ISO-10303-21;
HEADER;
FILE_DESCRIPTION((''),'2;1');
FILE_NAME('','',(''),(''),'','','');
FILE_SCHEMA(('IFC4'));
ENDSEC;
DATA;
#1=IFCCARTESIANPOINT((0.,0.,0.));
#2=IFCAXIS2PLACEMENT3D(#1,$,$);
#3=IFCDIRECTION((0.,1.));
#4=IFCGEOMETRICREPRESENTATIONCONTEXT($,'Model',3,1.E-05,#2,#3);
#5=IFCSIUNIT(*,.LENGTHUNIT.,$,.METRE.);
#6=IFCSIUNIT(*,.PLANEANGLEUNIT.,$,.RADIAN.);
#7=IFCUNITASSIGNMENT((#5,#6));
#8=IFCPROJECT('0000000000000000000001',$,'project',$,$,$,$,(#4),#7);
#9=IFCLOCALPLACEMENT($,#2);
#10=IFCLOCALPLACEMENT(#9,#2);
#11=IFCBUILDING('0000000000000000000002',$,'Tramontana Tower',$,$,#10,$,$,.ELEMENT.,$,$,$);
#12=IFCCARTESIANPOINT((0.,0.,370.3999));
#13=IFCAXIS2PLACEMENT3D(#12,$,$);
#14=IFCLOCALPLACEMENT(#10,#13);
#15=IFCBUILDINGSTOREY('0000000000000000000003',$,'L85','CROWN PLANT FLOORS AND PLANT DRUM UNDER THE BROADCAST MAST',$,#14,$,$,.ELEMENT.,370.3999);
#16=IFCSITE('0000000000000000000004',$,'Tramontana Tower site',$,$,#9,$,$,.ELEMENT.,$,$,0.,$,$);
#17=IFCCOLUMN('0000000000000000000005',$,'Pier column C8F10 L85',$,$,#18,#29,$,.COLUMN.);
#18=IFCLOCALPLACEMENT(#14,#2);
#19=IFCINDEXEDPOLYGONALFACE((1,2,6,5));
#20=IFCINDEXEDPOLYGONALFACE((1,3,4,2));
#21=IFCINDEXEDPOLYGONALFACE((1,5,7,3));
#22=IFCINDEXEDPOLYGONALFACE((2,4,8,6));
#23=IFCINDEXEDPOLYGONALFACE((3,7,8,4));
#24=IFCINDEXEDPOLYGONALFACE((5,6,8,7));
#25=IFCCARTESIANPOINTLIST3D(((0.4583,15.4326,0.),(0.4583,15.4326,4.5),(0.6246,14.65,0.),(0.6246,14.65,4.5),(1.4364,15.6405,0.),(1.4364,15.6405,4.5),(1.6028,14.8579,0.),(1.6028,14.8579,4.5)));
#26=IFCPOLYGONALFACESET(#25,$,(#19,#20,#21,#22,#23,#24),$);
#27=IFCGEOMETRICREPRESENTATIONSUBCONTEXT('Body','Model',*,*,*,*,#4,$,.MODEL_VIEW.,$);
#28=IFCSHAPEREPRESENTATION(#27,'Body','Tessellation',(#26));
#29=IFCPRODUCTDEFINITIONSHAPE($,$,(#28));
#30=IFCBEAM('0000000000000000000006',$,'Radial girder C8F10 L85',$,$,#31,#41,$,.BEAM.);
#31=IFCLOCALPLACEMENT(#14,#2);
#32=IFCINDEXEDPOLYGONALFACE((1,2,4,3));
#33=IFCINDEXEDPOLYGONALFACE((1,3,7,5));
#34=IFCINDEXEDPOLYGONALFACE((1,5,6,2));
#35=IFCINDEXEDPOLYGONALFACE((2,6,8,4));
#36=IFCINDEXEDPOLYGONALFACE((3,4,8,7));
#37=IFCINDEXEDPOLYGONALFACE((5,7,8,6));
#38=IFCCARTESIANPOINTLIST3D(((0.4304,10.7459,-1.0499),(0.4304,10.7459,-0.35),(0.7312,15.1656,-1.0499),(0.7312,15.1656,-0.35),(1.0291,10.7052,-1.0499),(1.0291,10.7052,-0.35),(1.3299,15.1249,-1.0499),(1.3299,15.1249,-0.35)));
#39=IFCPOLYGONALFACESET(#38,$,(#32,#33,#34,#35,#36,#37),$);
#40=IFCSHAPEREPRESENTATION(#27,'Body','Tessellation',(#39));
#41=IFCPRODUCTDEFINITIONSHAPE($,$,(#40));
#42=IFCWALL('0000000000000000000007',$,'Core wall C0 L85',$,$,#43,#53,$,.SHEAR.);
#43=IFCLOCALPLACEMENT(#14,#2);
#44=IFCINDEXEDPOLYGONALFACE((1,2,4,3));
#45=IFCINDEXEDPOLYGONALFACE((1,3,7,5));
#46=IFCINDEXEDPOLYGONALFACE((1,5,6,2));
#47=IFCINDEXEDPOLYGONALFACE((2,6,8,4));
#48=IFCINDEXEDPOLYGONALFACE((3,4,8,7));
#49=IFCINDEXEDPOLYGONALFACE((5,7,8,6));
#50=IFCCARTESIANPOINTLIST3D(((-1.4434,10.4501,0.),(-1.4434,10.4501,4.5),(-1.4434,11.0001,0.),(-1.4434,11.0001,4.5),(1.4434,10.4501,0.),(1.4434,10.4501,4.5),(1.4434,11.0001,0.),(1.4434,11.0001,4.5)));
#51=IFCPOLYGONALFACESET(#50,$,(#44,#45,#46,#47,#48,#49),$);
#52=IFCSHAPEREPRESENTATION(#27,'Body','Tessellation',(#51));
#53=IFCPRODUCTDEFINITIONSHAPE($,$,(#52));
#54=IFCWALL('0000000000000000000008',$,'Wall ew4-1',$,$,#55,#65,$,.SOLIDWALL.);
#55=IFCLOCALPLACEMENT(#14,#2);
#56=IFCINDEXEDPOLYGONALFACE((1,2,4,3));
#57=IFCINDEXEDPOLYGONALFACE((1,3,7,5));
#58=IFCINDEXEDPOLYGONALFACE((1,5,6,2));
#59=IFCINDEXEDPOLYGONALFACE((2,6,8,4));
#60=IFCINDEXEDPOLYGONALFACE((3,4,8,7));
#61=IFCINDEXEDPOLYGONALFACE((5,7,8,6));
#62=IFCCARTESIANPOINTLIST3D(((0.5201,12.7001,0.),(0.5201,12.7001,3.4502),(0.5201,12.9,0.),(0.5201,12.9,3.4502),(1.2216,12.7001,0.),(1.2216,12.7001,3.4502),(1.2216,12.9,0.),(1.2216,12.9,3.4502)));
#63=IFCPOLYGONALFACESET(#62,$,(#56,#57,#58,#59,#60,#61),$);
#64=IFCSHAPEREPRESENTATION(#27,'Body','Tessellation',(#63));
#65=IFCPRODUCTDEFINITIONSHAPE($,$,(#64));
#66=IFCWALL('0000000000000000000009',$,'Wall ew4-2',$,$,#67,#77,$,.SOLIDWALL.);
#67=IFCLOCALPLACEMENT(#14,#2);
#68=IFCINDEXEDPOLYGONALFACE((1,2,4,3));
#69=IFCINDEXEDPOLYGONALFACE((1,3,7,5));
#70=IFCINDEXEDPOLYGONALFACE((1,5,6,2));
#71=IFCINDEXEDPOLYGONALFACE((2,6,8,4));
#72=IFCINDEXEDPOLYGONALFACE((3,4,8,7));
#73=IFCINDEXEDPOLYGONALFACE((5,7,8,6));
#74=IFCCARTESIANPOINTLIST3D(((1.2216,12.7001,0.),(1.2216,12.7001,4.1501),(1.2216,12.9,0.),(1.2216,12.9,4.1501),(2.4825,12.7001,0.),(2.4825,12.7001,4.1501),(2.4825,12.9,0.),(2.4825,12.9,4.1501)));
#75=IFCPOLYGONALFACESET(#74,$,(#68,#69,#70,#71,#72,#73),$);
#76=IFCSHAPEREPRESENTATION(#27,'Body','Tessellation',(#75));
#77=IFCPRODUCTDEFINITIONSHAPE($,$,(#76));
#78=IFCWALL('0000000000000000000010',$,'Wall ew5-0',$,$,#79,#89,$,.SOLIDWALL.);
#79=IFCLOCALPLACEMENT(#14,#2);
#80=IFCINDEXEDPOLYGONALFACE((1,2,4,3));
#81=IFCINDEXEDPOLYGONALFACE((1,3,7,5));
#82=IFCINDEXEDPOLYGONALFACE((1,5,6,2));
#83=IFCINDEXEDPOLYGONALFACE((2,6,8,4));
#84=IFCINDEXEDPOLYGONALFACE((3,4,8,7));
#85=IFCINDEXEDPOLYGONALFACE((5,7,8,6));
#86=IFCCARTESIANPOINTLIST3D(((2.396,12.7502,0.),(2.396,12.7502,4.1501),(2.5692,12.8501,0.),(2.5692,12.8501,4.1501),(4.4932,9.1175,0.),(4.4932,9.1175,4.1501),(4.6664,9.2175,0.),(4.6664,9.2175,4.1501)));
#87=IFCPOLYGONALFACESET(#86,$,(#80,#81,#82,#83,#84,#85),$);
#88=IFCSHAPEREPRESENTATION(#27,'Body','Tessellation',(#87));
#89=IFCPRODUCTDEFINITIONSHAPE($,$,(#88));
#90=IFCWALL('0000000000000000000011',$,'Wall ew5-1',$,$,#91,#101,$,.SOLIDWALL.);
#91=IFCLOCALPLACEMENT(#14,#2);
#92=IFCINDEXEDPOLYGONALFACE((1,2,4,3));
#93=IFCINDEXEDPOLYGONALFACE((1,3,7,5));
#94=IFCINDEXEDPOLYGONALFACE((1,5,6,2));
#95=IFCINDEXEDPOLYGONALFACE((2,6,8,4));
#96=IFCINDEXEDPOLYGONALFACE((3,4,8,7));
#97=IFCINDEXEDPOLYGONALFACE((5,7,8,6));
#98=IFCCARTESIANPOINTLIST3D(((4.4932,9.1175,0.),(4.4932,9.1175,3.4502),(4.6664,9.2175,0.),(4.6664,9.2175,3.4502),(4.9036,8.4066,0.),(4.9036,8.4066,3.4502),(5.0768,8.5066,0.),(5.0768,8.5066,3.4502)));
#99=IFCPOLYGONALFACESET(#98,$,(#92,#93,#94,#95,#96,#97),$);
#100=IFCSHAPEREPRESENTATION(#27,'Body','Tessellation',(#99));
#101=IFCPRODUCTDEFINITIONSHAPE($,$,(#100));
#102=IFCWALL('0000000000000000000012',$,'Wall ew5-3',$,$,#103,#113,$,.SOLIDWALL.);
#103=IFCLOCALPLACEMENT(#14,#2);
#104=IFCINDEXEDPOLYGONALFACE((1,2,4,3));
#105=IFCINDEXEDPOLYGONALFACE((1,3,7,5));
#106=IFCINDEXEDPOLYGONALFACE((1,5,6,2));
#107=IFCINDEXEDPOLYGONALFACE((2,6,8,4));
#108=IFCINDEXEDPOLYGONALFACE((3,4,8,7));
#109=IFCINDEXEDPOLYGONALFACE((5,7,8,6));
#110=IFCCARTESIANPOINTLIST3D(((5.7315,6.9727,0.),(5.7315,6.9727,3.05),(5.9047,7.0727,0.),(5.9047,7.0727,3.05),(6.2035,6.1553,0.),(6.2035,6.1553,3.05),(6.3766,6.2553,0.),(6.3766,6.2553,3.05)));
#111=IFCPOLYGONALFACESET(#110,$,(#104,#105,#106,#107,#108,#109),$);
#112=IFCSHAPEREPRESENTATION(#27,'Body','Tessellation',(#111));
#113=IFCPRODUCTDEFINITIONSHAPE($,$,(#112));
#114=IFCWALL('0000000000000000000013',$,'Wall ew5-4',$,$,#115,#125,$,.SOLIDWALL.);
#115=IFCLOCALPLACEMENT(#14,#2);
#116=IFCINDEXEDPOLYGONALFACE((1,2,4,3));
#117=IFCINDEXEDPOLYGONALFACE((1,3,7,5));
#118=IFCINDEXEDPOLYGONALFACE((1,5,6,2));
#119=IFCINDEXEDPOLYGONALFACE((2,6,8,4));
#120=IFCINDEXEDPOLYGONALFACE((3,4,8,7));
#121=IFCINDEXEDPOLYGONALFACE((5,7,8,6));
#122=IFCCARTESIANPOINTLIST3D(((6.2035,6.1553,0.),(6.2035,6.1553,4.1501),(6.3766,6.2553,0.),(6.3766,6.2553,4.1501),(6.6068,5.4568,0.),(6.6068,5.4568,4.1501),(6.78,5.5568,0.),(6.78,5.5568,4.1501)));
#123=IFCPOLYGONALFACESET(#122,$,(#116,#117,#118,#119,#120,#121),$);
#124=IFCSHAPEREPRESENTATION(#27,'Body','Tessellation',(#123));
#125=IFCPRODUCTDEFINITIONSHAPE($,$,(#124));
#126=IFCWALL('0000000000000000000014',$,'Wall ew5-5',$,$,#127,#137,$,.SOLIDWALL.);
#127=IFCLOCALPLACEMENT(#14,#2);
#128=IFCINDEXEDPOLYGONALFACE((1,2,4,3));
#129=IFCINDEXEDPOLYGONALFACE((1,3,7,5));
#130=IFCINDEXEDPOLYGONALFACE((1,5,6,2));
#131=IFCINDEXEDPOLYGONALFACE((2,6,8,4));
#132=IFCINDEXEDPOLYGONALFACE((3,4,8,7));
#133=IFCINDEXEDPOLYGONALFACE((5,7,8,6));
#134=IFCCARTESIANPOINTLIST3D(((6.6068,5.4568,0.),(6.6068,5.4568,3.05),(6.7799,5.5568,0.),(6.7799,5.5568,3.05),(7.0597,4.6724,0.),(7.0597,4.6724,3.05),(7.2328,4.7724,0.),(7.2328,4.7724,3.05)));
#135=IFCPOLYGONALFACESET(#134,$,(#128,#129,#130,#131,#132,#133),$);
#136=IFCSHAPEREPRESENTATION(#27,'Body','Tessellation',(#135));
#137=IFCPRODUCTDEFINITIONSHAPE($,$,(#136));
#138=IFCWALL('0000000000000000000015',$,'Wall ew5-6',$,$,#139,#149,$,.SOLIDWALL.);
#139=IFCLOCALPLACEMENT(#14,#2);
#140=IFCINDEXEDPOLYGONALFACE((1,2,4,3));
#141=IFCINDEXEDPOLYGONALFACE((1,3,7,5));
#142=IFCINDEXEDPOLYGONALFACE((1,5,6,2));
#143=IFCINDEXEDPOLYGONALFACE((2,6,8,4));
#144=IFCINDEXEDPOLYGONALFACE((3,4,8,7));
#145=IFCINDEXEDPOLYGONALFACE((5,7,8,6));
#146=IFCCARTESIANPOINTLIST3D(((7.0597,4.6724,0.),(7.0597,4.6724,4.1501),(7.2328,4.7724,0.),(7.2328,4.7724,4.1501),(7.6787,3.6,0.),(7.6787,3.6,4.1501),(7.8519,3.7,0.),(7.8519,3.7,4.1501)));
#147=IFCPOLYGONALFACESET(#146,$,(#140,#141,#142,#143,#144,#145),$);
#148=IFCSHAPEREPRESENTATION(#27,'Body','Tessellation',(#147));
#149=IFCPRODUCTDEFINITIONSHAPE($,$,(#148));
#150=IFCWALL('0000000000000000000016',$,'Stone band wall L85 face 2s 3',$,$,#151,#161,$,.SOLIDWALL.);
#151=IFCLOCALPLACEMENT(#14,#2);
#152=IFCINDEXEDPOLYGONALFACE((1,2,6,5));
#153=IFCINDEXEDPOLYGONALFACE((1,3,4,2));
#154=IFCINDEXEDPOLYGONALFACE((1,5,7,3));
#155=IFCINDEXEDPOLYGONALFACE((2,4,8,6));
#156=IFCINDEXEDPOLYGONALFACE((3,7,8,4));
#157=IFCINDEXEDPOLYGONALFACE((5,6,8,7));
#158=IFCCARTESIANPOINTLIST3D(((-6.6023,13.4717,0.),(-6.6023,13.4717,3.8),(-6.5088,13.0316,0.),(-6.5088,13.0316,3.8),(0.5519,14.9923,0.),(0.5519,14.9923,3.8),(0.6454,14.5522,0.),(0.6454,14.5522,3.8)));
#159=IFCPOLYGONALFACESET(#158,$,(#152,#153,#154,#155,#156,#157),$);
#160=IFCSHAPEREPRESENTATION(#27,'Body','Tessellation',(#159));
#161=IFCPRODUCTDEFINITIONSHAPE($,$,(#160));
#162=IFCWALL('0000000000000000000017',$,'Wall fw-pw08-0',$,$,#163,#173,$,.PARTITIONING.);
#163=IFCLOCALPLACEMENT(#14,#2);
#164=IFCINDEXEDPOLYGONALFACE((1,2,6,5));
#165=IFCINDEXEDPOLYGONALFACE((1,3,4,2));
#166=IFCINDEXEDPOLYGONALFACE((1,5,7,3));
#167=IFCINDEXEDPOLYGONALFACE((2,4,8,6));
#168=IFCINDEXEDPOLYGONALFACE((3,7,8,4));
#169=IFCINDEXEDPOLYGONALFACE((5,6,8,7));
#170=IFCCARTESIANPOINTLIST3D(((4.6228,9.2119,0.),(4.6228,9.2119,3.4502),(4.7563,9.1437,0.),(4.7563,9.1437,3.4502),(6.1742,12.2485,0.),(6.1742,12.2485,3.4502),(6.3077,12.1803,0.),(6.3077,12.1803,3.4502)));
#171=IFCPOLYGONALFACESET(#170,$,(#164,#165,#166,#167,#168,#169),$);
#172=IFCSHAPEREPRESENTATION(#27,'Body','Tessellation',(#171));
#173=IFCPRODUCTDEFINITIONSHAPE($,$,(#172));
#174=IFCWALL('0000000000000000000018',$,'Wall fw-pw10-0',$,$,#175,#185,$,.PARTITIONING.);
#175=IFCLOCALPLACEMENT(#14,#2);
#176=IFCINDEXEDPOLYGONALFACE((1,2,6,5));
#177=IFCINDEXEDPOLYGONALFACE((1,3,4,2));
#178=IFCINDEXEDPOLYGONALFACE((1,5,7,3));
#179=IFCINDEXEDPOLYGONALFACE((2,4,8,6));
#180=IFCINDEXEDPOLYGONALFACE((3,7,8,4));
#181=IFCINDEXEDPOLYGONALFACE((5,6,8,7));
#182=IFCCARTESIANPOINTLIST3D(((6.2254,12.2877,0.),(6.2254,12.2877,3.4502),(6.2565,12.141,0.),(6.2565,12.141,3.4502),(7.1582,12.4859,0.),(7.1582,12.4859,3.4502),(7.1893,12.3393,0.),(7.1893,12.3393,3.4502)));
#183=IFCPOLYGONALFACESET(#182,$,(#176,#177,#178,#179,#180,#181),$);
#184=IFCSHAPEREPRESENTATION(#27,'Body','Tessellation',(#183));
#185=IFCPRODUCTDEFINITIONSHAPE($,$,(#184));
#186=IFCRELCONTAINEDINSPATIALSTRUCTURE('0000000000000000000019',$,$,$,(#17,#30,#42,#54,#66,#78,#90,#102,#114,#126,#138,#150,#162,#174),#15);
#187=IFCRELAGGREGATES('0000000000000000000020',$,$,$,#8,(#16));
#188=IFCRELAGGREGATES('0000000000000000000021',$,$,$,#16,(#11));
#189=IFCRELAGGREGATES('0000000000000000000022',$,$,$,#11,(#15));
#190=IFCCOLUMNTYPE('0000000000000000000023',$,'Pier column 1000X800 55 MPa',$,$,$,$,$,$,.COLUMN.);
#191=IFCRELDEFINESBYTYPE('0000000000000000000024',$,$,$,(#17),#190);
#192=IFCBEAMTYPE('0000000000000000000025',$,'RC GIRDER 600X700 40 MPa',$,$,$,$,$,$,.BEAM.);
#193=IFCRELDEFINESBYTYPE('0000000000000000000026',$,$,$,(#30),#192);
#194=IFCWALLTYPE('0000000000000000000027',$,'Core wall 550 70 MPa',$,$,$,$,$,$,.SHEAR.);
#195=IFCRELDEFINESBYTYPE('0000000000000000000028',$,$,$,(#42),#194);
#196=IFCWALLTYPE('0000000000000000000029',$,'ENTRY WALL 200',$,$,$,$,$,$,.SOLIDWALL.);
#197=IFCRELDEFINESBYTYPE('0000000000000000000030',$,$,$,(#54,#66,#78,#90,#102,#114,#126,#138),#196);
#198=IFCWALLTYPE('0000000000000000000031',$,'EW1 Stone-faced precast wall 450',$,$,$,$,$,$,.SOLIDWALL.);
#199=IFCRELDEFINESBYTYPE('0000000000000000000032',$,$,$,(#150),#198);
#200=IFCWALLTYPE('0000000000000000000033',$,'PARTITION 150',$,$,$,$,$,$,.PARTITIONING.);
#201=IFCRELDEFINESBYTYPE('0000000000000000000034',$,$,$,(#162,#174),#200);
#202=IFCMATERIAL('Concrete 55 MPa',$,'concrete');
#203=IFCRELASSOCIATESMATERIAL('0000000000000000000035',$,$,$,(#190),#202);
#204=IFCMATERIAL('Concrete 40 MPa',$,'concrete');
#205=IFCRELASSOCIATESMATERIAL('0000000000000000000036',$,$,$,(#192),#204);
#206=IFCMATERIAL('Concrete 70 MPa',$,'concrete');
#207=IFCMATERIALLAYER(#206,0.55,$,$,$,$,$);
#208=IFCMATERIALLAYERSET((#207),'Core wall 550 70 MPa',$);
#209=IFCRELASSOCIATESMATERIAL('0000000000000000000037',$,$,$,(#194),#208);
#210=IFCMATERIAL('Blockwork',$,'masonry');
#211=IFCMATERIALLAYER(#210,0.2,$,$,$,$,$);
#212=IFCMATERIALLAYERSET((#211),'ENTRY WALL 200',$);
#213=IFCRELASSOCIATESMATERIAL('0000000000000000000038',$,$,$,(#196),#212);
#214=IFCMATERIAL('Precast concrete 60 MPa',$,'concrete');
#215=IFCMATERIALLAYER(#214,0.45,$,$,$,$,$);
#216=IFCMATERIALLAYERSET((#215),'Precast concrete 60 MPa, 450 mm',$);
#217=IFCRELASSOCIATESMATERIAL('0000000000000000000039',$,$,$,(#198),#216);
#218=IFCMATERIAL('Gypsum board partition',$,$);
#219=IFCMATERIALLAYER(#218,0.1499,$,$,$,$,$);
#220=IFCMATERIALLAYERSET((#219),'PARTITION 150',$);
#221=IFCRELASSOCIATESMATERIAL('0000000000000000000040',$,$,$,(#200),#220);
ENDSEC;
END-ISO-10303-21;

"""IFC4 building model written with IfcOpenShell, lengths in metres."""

from ifc_helpers import new_model, si_unit, direction, frame, frame_2d, origin, origin_2d, place, context, subcontext, project, spatial, rectangle, extrude, material, layer, layer_set, material_profile, profile_set, type_object, element, save


model = new_model("IFC4")

# Units and contexts
model_context = context("Model", 3, precision=1e-05, world=origin(), true_north=direction((0.0, 1.0)))
body_context = subcontext(model_context, "Body", "Model", "MODEL_VIEW")
ifc_project = project(units=[si_unit("LENGTHUNIT", "METRE"), si_unit("PLANEANGLEUNIT", "RADIAN")], contexts=[model_context])

# Site, building, storey
site_placement = place(None, origin())
site = spatial("IfcSite", under=ifc_project, at=site_placement, Name="Tramontana Tower site", CompositionType="ELEMENT", RefElevation=0.0)
building_placement = place(site_placement, origin())
building = spatial("IfcBuilding", under=site, at=building_placement, Name="Tramontana Tower", CompositionType="ELEMENT")
storey_placement = place(building_placement, frame((0.0, 0.0, 370.3999)))
storey = spatial("IfcBuildingStorey", under=building, at=storey_placement, Name="L85", Description="CROWN PLANT FLOORS AND PLANT DRUM UNDER THE BROADCAST MAST", CompositionType="ELEMENT", Elevation=370.3999)

# Column
ifc_material_1 = material(Name="Concrete 55 MPa", Category="concrete")
ifc_material_profile_1 = material_profile(ifc_material_1, rectangle(XDim=1.0, YDim=0.8, at=origin_2d()), Name="Pier column 1000X800 55 MPa")
ifc_profile_set_1 = profile_set([ifc_material_profile_1], Name="Concrete 55 MPa")
column_type = type_object("IfcColumnType", Name="Pier column 1000X800 55 MPa", PredefinedType="COLUMN", material=ifc_profile_set_1)
column_placement = place(storey_placement, frame((1.0305, 15.1453, 0.0), z_axis=(0.0, 0.0, 1.0), x_axis=(-0.978148, -0.207912, 0.0)))
element("IfcColumn", 1, at=column_placement, inside=storey, type_object=column_type, Name="Pier column C8F10 L85", PredefinedType="COLUMN", context=body_context, shape_type="SweptSolid", body=[
    extrude(rectangle(XDim=1.0, YDim=0.8, at=origin_2d()), origin(), (0.0, 0.0, 1.0), 4.5),
])

# Beam
ifc_material_2 = material(Name="Concrete 40 MPa", Category="concrete")
ifc_material_profile_2 = material_profile(ifc_material_2, rectangle(XDim=0.6001, YDim=0.7, at=origin_2d()), Name="RC GIRDER 600X700 40 MPa")
ifc_profile_set_2 = profile_set([ifc_material_profile_2], Name="Concrete 40 MPa")
beam_type = type_object("IfcBeamType", Name="RC GIRDER 600X700 40 MPa", PredefinedType="BEAM", material=ifc_profile_set_2)
beam_placement = place(storey_placement, frame((1.0305, 15.1453, -0.7), z_axis=(-0.067898, -0.997692, 0.0), x_axis=(0.997692, -0.067898, 0.0)))
element("IfcBeam", 2, at=beam_placement, inside=storey, type_object=beam_type, Name="Radial girder C8F10 L85", PredefinedType="BEAM", context=body_context, shape_type="SweptSolid", body=[
    extrude(rectangle(XDim=0.6001, YDim=0.7, at=origin_2d()), origin(), (0.0, 0.0, 1.0), 4.4299),
])

# Walls
ifc_material_3 = material(Name="Concrete 70 MPa", Category="concrete")
ifc_layer_1 = layer(ifc_material_3, 0.55)
ifc_layer_set_1 = layer_set([ifc_layer_1], Name="Core wall 550 70 MPa")
wall_type_1 = type_object("IfcWallType", Name="Core wall 550 70 MPa", PredefinedType="SHEAR", material=ifc_layer_set_1)
wall_1_placement = place(storey_placement, frame((1.4434, 10.7251, 0.0), z_axis=(0.0, 0.0, 1.0), x_axis=(-1.0, 0.0, 0.0)))
element("IfcWall", 3, at=wall_1_placement, inside=storey, type_object=wall_type_1, Name="Core wall C0 L85", PredefinedType="SHEAR", context=body_context, shape_type="SweptSolid", body=[
    extrude(rectangle(XDim=2.8867, YDim=0.55, at=frame_2d((1.4434, 0.0))), origin(), (0.0, 0.0, 1.0), 4.5),
])
ifc_material_4 = material(Name="Blockwork", Category="masonry")
ifc_layer_2 = layer(ifc_material_4, 0.2)
ifc_layer_set_2 = layer_set([ifc_layer_2], Name="ENTRY WALL 200")
wall_type_2 = type_object("IfcWallType", Name="ENTRY WALL 200", PredefinedType="SOLIDWALL", material=ifc_layer_set_2)
wall_2_placement = place(storey_placement, frame((0.5203, 12.8, 0.0), z_axis=(0.0, 0.0, 1.0), x_axis=(1.0, 0.0, 0.0)))
element("IfcWall", 4, at=wall_2_placement, inside=storey, type_object=wall_type_2, Name="Wall ew4-1", PredefinedType="SOLIDWALL", context=body_context, shape_type="SweptSolid", body=[
    extrude(rectangle(XDim=0.7014, YDim=0.2, at=frame_2d((0.3506, 0.0))), origin(), (0.0, 0.0, 1.0), 3.4502),
])
wall_3_placement = place(storey_placement, frame((1.2217, 12.8, 0.0), z_axis=(0.0, 0.0, 1.0), x_axis=(1.0, 0.0, 0.0)))
element("IfcWall", 5, at=wall_3_placement, inside=storey, type_object=wall_type_2, Name="Wall ew4-2", PredefinedType="SOLIDWALL", context=body_context, shape_type="SweptSolid", body=[
    extrude(rectangle(XDim=1.261, YDim=0.2, at=frame_2d((0.6304, 0.0))), origin(), (0.0, 0.0, 1.0), 4.1501),
])
wall_4_placement = place(storey_placement, frame((2.4827, 12.8, 0.0), z_axis=(0.0, 0.0, 1.0), x_axis=(0.499983, -0.866035, 0.0)))
element("IfcWall", 6, at=wall_4_placement, inside=storey, type_object=wall_type_2, Name="Wall ew5-0", PredefinedType="SOLIDWALL", context=body_context, shape_type="SweptSolid", body=[
    extrude(rectangle(XDim=4.1946, YDim=0.2, at=frame_2d((2.0972, 0.0))), origin(), (0.0, 0.0, 1.0), 4.1501),
])
wall_5_placement = place(storey_placement, frame((4.5798, 9.1675, 0.0), z_axis=(0.0, 0.0, 1.0), x_axis=(0.499946, -0.866057, 0.0)))
element("IfcWall", 7, at=wall_5_placement, inside=storey, type_object=wall_type_2, Name="Wall ew5-1", PredefinedType="SOLIDWALL", context=body_context, shape_type="SweptSolid", body=[
    extrude(rectangle(XDim=0.8208, YDim=0.2, at=frame_2d((0.4104, 0.0))), origin(), (0.0, 0.0, 1.0), 3.4502),
])

# Walls
wall_6_placement = place(storey_placement, frame((5.8181, 7.0227, 0.0), z_axis=(0.0, 0.0, 1.0), x_axis=(0.500006, -0.866022, 0.0)))
element("IfcWall", 8, at=wall_6_placement, inside=storey, type_object=wall_type_2, Name="Wall ew5-3", PredefinedType="SOLIDWALL", context=body_context, shape_type="SweptSolid", body=[
    extrude(rectangle(XDim=0.9438, YDim=0.2, at=frame_2d((0.4719, 0.0))), origin(), (0.0, 0.0, 1.0), 3.05),
])
wall_7_placement = place(storey_placement, frame((6.29, 6.2053, 0.0), z_axis=(0.0, 0.0, 1.0), x_axis=(0.500046, -0.865999, 0.0)))
element("IfcWall", 9, at=wall_7_placement, inside=storey, type_object=wall_type_2, Name="Wall ew5-4", PredefinedType="SOLIDWALL", context=body_context, shape_type="SweptSolid", body=[
    extrude(rectangle(XDim=0.8066, YDim=0.2, at=frame_2d((0.4033, 0.0))), origin(), (0.0, 0.0, 1.0), 4.1501),
])
wall_8_placement = place(storey_placement, frame((6.6934, 5.5068, 0.0), z_axis=(0.0, 0.0, 1.0), x_axis=(0.499995, -0.866028, 0.0)))
element("IfcWall", 10, at=wall_8_placement, inside=storey, type_object=wall_type_2, Name="Wall ew5-5", PredefinedType="SOLIDWALL", context=body_context, shape_type="SweptSolid", body=[
    extrude(rectangle(XDim=0.9058, YDim=0.2, at=frame_2d((0.4529, 0.0))), origin(), (0.0, 0.0, 1.0), 3.05),
])
wall_9_placement = place(storey_placement, frame((7.1462, 4.7224, 0.0), z_axis=(0.0, 0.0, 1.0), x_axis=(0.499956, -0.866051, 0.0)))
element("IfcWall", 11, at=wall_9_placement, inside=storey, type_object=wall_type_2, Name="Wall ew5-6", PredefinedType="SOLIDWALL", context=body_context, shape_type="SweptSolid", body=[
    extrude(rectangle(XDim=1.2383, YDim=0.2, at=frame_2d((0.6191, 0.0))), origin(), (0.0, 0.0, 1.0), 4.1501),
])
ifc_material_5 = material(Name="Precast concrete 60 MPa", Category="concrete")
ifc_layer_3 = layer(ifc_material_5, 0.45)
ifc_layer_set_3 = layer_set([ifc_layer_3], Name="Precast concrete 60 MPa, 450 mm")
wall_type_3 = type_object("IfcWallType", Name="EW1 Stone-faced precast wall 450", PredefinedType="SOLIDWALL", material=ifc_layer_set_3)
wall_10_placement = place(storey_placement, frame((0.5986, 14.7722, 0.0), z_axis=(0.0, 0.0, 1.0), x_axis=(-0.978151, -0.207894, 0.0)))
element("IfcWall", 12, at=wall_10_placement, inside=storey, type_object=wall_type_3, Name="Stone band wall L85 face 2s 3", PredefinedType="SOLIDWALL", context=body_context, shape_type="SweptSolid", body=[
    extrude(rectangle(XDim=7.314, YDim=0.45, at=frame_2d((3.657, 0.0))), origin(), (0.0, 0.0, 1.0), 3.8),
])
ifc_material_6 = material(Name="Gypsum board partition")
ifc_layer_4 = layer(ifc_material_6, 0.1499)
ifc_layer_set_4 = layer_set([ifc_layer_4], Name="PARTITION 150")
wall_type_4 = type_object("IfcWallType", Name="PARTITION 150", PredefinedType="PARTITIONING", material=ifc_layer_set_4)
wall_11_placement = place(storey_placement, frame((4.6895, 9.1777, 0.0), z_axis=(0.0, 0.0, 1.0), x_axis=(0.454986, 0.890499, 0.0)))
element("IfcWall", 13, at=wall_11_placement, inside=storey, type_object=wall_type_4, Name="Wall fw-pw08-0", PredefinedType="PARTITIONING", context=body_context, shape_type="SweptSolid", body=[
    extrude(rectangle(XDim=3.4099, YDim=0.1499, at=frame_2d((1.7051, 0.0))), origin(), (0.0, 0.0, 1.0), 3.4502),
])
wall_12_placement = place(storey_placement, frame((6.241, 12.2144, 0.0), z_axis=(0.0, 0.0, 1.0), x_axis=(0.978157, 0.207868, 0.0)))
element("IfcWall", 14, at=wall_12_placement, inside=storey, type_object=wall_type_4, Name="Wall fw-pw10-0", PredefinedType="PARTITIONING", context=body_context, shape_type="SweptSolid", body=[
    extrude(rectangle(XDim=0.9536, YDim=0.1499, at=frame_2d((0.4768, 0.0))), origin(), (0.0, 0.0, 1.0), 3.4502),
])

save(model, "model.ifc")
